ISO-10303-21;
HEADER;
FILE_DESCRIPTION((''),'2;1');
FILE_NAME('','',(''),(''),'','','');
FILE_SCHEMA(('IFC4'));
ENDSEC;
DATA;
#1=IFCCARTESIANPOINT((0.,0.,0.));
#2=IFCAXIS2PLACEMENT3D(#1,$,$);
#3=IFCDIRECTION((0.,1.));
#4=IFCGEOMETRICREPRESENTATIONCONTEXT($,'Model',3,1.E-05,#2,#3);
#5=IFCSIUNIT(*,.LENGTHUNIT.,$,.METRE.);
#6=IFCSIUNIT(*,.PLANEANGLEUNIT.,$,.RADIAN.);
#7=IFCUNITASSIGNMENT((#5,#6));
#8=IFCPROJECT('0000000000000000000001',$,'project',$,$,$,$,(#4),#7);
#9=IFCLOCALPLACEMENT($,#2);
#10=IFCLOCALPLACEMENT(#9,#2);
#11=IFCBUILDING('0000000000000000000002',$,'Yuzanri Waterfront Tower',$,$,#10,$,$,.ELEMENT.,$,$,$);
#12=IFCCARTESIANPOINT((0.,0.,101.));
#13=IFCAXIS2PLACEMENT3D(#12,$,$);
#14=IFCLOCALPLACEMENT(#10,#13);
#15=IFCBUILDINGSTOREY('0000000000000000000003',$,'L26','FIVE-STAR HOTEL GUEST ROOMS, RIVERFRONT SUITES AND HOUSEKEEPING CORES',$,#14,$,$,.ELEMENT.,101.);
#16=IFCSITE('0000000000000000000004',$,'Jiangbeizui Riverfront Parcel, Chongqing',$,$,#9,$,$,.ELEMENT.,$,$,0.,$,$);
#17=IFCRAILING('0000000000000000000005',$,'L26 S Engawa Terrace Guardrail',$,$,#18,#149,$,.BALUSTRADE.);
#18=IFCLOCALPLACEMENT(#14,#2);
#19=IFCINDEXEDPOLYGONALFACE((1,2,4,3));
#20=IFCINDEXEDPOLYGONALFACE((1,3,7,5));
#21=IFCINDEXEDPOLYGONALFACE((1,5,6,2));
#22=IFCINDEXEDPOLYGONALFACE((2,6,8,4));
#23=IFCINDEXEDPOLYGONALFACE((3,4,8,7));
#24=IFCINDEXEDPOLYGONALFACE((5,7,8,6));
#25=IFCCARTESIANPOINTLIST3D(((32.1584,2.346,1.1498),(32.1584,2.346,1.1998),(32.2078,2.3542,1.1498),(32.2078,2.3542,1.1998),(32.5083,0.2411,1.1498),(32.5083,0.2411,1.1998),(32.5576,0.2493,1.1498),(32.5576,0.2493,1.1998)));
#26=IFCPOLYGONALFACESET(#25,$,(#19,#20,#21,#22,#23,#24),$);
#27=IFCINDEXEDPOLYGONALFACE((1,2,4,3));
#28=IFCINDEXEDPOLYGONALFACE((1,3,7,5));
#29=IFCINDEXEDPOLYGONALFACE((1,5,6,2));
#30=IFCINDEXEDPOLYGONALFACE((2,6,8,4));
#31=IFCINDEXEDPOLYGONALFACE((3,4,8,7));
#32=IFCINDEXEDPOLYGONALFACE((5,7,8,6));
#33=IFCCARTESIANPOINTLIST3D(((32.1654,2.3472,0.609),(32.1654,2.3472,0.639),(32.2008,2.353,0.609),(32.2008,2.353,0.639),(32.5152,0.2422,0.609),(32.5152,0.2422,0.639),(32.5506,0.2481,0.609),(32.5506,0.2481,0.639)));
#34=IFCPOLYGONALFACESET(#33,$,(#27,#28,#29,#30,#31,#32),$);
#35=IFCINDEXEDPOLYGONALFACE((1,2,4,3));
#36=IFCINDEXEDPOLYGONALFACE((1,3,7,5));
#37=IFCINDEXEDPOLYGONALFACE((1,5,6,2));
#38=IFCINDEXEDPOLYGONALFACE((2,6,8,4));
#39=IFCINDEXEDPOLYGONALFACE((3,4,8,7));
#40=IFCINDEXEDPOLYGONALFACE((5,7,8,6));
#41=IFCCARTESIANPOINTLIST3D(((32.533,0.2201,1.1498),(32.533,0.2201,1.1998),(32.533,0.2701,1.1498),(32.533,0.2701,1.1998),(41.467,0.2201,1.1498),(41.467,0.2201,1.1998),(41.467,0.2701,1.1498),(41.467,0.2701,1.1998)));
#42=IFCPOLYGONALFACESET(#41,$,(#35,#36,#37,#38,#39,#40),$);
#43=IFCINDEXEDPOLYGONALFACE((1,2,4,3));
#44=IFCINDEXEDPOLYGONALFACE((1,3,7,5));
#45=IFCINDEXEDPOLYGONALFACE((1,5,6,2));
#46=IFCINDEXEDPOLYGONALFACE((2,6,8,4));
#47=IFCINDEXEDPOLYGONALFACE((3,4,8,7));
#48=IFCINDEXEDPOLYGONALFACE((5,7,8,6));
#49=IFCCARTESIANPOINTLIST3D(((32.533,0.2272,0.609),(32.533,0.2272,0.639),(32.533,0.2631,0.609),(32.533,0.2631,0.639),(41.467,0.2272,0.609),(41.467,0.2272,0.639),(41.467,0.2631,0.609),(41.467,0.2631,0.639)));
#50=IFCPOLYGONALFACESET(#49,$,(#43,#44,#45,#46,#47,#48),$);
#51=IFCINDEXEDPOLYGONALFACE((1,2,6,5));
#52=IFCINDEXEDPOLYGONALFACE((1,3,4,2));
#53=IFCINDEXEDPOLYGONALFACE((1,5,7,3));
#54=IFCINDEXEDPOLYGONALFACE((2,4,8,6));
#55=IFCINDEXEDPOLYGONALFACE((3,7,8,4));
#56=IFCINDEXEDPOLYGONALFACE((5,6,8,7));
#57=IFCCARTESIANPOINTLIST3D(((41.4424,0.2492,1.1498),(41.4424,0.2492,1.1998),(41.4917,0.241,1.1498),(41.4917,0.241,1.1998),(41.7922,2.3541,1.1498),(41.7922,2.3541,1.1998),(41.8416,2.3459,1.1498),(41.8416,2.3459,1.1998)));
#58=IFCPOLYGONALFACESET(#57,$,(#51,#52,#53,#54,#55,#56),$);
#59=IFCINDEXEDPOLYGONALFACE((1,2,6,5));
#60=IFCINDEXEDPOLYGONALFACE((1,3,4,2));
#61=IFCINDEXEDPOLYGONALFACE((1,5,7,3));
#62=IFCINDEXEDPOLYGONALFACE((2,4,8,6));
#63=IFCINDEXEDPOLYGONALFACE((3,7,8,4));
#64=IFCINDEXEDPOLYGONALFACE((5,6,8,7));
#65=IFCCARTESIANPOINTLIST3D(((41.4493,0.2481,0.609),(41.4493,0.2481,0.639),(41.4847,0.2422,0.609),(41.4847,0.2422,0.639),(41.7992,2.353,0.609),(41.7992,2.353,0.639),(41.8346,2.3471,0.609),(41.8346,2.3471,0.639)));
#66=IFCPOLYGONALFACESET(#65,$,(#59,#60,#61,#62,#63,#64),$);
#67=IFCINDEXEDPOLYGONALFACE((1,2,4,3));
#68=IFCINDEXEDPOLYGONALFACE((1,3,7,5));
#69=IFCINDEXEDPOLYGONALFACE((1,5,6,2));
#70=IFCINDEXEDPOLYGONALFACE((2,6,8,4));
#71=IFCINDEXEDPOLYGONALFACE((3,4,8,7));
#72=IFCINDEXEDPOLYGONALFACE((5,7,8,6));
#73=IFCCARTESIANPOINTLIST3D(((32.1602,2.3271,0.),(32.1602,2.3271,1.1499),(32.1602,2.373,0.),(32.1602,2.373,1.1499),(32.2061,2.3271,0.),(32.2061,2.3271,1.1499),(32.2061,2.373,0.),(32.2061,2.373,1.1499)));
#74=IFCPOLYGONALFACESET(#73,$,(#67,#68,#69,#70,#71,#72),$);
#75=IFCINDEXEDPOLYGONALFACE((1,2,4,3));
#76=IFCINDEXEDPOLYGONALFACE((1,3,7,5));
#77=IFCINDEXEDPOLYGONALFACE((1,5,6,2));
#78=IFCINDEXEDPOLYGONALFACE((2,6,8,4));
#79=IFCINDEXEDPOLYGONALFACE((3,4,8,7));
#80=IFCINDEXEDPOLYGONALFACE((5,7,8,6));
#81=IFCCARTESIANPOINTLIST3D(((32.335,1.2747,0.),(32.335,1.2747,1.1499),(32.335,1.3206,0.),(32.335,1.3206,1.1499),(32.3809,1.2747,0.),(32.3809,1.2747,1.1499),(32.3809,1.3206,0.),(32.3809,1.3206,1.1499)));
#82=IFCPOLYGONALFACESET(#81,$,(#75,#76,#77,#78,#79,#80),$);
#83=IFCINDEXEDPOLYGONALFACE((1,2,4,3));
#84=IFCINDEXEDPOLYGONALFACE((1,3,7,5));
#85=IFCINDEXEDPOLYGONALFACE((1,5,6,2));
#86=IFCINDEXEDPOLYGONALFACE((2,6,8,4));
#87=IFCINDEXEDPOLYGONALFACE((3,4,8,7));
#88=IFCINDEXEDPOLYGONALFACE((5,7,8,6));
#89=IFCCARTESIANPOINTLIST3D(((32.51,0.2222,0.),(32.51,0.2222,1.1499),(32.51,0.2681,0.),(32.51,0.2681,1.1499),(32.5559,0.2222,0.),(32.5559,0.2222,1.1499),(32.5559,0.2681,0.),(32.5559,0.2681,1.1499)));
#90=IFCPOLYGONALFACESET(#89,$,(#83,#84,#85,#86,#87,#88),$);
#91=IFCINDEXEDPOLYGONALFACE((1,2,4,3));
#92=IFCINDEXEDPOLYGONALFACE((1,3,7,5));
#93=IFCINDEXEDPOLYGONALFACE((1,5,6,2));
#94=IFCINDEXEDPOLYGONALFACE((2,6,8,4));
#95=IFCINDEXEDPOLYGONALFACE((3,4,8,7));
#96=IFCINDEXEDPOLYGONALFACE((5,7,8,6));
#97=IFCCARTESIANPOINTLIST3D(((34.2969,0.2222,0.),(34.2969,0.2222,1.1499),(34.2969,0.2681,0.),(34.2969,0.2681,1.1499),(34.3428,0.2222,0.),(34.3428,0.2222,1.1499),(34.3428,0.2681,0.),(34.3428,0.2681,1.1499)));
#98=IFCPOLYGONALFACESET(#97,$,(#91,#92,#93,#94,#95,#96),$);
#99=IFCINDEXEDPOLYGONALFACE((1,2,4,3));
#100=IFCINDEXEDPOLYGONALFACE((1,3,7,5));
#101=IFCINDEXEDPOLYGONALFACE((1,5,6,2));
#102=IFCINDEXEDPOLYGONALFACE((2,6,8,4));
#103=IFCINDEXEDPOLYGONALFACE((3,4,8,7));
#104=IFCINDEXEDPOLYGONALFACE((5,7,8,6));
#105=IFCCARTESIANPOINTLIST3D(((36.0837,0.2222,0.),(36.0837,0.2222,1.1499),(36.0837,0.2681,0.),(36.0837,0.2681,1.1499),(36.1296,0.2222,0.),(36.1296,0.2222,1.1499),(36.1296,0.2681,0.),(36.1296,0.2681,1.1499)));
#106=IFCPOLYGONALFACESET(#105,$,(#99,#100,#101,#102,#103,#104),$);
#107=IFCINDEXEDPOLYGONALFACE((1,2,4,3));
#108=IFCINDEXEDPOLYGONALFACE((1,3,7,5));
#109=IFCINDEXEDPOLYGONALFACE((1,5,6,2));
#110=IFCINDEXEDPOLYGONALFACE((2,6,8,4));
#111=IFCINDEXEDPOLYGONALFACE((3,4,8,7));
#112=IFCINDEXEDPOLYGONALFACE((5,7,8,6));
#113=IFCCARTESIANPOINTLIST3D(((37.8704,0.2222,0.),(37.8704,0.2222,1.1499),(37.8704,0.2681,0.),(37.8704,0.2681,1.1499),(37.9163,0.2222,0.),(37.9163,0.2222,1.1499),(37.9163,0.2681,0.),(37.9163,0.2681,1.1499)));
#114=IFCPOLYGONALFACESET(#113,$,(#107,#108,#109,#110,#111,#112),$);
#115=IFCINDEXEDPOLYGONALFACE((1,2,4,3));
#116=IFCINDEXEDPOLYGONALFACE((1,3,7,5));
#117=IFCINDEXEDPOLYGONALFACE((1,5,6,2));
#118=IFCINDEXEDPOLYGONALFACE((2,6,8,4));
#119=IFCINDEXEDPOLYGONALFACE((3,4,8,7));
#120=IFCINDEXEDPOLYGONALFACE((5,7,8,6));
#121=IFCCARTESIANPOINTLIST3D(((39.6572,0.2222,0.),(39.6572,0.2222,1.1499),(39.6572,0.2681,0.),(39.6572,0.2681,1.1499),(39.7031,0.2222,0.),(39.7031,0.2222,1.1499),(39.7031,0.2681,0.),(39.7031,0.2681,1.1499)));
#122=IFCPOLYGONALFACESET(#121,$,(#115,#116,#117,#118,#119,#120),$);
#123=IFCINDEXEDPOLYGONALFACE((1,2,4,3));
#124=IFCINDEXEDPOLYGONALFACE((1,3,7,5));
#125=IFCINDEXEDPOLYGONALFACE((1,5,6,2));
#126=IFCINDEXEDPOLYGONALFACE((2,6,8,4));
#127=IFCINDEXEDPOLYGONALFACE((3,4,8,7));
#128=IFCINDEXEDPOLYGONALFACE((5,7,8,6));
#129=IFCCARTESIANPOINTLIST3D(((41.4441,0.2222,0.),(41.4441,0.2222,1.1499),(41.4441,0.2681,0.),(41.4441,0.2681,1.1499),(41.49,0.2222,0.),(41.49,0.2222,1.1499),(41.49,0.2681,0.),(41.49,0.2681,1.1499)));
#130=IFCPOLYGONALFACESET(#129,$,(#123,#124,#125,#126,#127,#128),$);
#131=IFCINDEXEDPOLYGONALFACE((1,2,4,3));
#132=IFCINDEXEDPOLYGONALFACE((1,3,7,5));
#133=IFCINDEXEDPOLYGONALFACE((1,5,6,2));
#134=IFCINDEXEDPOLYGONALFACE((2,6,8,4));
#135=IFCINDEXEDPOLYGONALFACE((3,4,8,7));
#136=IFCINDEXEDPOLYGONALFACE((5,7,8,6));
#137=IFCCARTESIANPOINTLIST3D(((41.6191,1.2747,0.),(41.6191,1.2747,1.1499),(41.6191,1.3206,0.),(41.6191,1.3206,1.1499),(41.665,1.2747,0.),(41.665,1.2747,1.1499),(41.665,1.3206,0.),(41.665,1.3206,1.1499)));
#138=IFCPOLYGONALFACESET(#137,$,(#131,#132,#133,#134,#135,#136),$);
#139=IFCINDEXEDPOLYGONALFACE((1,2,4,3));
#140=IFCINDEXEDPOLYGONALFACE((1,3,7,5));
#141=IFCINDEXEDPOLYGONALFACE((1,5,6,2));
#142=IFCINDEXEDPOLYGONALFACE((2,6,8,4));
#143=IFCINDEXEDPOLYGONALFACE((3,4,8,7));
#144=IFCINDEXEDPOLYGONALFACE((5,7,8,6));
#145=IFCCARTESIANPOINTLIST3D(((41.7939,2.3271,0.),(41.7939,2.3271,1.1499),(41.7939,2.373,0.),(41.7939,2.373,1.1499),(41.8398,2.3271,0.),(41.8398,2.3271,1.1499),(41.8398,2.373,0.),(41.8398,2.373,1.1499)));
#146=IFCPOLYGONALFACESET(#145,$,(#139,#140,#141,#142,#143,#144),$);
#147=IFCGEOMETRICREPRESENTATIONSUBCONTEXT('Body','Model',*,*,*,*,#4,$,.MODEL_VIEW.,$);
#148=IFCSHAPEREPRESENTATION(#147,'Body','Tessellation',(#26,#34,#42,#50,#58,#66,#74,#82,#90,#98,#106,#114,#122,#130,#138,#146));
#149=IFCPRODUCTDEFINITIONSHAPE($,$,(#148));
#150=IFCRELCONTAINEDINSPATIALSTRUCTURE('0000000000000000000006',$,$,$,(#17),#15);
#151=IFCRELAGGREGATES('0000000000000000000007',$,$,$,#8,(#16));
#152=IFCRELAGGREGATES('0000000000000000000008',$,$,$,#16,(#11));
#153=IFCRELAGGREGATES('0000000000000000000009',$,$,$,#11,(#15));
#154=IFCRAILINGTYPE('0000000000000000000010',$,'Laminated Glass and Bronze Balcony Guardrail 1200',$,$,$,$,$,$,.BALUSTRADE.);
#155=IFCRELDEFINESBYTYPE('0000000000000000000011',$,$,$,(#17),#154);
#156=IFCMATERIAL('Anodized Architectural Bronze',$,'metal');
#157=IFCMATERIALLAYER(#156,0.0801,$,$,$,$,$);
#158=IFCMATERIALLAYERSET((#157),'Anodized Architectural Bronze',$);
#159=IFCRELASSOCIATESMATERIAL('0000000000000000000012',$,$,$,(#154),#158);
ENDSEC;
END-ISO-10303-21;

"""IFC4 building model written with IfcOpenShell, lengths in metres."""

from ifc_helpers import new_model, si_unit, direction, frame, origin, origin_2d, place, context, subcontext, project, spatial, rectangle, extrude, source, transform, mapped, material, layer, layer_set, type_object, element, save


model = new_model("IFC4")

# Units and contexts
model_context = context("Model", 3, precision=1e-05, world=origin(), true_north=direction((0.0, 1.0)))
body_context = subcontext(model_context, "Body", "Model", "MODEL_VIEW")
ifc_project = project(units=[si_unit("LENGTHUNIT", "METRE"), si_unit("PLANEANGLEUNIT", "RADIAN")], contexts=[model_context])

# Site, building, storey
site_placement = place(None, origin())
site = spatial("IfcSite", under=ifc_project, at=site_placement, Name="Jiangbeizui Riverfront Parcel, Chongqing", CompositionType="ELEMENT", RefElevation=0.0)
building_placement = place(site_placement, origin())
building = spatial("IfcBuilding", under=site, at=building_placement, Name="Yuzanri Waterfront Tower", CompositionType="ELEMENT")
storey_placement = place(building_placement, frame((0.0, 0.0, 101.0)))
storey = spatial("IfcBuildingStorey", under=building, at=storey_placement, Name="L26", Description="FIVE-STAR HOTEL GUEST ROOMS, RIVERFRONT SUITES AND HOUSEKEEPING CORES", CompositionType="ELEMENT", Elevation=101.0)

# Railing
ifc_material_1 = material(Name="Anodized Architectural Bronze", Category="metal")
ifc_layer_1 = layer(ifc_material_1, 0.0801)
ifc_layer_set_1 = layer_set([ifc_layer_1], Name="Anodized Architectural Bronze")
railing_type = type_object("IfcRailingType", Name="Laminated Glass and Bronze Balcony Guardrail 1200", PredefinedType="BALUSTRADE", material=ifc_layer_set_1)
shared_shape_1 = source(origin(), body_context, "Body", "SweptSolid", [
    extrude(rectangle(XDim=0.05, YDim=0.05, at=origin_2d()), frame((0.0, 0.0, 1.1748), z_axis=(0.163954, -0.986468, 0.0), x_axis=(0.986468, 0.163954, 0.0)), (0.0, 0.0, 1.0), 2.1338),
    extrude(rectangle(XDim=0.0359, YDim=0.03, at=origin_2d()), frame((0.0, 0.0, 0.624), z_axis=(0.163954, -0.986468, 0.0), x_axis=(0.986468, 0.163954, 0.0)), (0.0, 0.0, 1.0), 2.1338),
    extrude(rectangle(XDim=0.05, YDim=0.05, at=origin_2d()), frame((0.3499, -2.105, 1.1748), z_axis=(1.0, 0.0, 0.0), x_axis=(0.0, 1.0, 0.0)), (0.0, 0.0, 1.0), 8.9341),
    extrude(rectangle(XDim=0.0359, YDim=0.03, at=origin_2d()), frame((0.3499, -2.105, 0.624), z_axis=(1.0, 0.0, 0.0), x_axis=(0.0, 1.0, 0.0)), (0.0, 0.0, 1.0), 8.9341),
    extrude(rectangle(XDim=0.05, YDim=0.05, at=origin_2d()), frame((9.2839, -2.105, 1.1748), z_axis=(0.163954, 0.986468, 0.0), x_axis=(-0.986468, 0.163954, 0.0)), (0.0, 0.0, 1.0), 2.1338),
    extrude(rectangle(XDim=0.0359, YDim=0.03, at=origin_2d()), frame((9.2839, -2.105, 0.624), z_axis=(0.163954, 0.986468, 0.0), x_axis=(-0.986468, 0.163954, 0.0)), (0.0, 0.0, 1.0), 2.1338),
    extrude(rectangle(XDim=0.0459, YDim=0.0459, at=origin_2d()), origin(), (0.0, 0.0, 1.0), 1.1499),
    extrude(rectangle(XDim=0.0459, YDim=0.0459, at=origin_2d()), frame((0.1748, -1.0525, 0.0)), (0.0, 0.0, 1.0), 1.1499),
    extrude(rectangle(XDim=0.0459, YDim=0.0459, at=origin_2d()), frame((0.3499, -2.105, 0.0)), (0.0, 0.0, 1.0), 1.1499),
    extrude(rectangle(XDim=0.0459, YDim=0.0459, at=origin_2d()), frame((2.1367, -2.105, 0.0)), (0.0, 0.0, 1.0), 1.1499),
    extrude(rectangle(XDim=0.0459, YDim=0.0459, at=origin_2d()), frame((3.9236, -2.105, 0.0)), (0.0, 0.0, 1.0), 1.1499),
    extrude(rectangle(XDim=0.0459, YDim=0.0459, at=origin_2d()), frame((5.7102, -2.105, 0.0)), (0.0, 0.0, 1.0), 1.1499),
    extrude(rectangle(XDim=0.0459, YDim=0.0459, at=origin_2d()), frame((7.4971, -2.105, 0.0)), (0.0, 0.0, 1.0), 1.1499),
    extrude(rectangle(XDim=0.0459, YDim=0.0459, at=origin_2d()), frame((9.2839, -2.105, 0.0)), (0.0, 0.0, 1.0), 1.1499),
    extrude(rectangle(XDim=0.0459, YDim=0.0459, at=origin_2d()), frame((9.459, -1.0525, 0.0)), (0.0, 0.0, 1.0), 1.1499),
    extrude(rectangle(XDim=0.0459, YDim=0.0459, at=origin_2d()), frame((9.6338, 0.0, 0.0)), (0.0, 0.0, 1.0), 1.1499),
])
railing_placement = place(storey_placement, frame((32.1831, 2.3501, 0.0)))
element("IfcRailing", 1, at=railing_placement, inside=storey, type_object=railing_type, Name="L26 S Engawa Terrace Guardrail", PredefinedType="BALUSTRADE", context=body_context, shape_type="MappedRepresentation", body=[
    mapped(shared_shape_1, transform((0.0, 0.0, 0.0), scale=1.0)),
])

save(model, "model.ifc")
